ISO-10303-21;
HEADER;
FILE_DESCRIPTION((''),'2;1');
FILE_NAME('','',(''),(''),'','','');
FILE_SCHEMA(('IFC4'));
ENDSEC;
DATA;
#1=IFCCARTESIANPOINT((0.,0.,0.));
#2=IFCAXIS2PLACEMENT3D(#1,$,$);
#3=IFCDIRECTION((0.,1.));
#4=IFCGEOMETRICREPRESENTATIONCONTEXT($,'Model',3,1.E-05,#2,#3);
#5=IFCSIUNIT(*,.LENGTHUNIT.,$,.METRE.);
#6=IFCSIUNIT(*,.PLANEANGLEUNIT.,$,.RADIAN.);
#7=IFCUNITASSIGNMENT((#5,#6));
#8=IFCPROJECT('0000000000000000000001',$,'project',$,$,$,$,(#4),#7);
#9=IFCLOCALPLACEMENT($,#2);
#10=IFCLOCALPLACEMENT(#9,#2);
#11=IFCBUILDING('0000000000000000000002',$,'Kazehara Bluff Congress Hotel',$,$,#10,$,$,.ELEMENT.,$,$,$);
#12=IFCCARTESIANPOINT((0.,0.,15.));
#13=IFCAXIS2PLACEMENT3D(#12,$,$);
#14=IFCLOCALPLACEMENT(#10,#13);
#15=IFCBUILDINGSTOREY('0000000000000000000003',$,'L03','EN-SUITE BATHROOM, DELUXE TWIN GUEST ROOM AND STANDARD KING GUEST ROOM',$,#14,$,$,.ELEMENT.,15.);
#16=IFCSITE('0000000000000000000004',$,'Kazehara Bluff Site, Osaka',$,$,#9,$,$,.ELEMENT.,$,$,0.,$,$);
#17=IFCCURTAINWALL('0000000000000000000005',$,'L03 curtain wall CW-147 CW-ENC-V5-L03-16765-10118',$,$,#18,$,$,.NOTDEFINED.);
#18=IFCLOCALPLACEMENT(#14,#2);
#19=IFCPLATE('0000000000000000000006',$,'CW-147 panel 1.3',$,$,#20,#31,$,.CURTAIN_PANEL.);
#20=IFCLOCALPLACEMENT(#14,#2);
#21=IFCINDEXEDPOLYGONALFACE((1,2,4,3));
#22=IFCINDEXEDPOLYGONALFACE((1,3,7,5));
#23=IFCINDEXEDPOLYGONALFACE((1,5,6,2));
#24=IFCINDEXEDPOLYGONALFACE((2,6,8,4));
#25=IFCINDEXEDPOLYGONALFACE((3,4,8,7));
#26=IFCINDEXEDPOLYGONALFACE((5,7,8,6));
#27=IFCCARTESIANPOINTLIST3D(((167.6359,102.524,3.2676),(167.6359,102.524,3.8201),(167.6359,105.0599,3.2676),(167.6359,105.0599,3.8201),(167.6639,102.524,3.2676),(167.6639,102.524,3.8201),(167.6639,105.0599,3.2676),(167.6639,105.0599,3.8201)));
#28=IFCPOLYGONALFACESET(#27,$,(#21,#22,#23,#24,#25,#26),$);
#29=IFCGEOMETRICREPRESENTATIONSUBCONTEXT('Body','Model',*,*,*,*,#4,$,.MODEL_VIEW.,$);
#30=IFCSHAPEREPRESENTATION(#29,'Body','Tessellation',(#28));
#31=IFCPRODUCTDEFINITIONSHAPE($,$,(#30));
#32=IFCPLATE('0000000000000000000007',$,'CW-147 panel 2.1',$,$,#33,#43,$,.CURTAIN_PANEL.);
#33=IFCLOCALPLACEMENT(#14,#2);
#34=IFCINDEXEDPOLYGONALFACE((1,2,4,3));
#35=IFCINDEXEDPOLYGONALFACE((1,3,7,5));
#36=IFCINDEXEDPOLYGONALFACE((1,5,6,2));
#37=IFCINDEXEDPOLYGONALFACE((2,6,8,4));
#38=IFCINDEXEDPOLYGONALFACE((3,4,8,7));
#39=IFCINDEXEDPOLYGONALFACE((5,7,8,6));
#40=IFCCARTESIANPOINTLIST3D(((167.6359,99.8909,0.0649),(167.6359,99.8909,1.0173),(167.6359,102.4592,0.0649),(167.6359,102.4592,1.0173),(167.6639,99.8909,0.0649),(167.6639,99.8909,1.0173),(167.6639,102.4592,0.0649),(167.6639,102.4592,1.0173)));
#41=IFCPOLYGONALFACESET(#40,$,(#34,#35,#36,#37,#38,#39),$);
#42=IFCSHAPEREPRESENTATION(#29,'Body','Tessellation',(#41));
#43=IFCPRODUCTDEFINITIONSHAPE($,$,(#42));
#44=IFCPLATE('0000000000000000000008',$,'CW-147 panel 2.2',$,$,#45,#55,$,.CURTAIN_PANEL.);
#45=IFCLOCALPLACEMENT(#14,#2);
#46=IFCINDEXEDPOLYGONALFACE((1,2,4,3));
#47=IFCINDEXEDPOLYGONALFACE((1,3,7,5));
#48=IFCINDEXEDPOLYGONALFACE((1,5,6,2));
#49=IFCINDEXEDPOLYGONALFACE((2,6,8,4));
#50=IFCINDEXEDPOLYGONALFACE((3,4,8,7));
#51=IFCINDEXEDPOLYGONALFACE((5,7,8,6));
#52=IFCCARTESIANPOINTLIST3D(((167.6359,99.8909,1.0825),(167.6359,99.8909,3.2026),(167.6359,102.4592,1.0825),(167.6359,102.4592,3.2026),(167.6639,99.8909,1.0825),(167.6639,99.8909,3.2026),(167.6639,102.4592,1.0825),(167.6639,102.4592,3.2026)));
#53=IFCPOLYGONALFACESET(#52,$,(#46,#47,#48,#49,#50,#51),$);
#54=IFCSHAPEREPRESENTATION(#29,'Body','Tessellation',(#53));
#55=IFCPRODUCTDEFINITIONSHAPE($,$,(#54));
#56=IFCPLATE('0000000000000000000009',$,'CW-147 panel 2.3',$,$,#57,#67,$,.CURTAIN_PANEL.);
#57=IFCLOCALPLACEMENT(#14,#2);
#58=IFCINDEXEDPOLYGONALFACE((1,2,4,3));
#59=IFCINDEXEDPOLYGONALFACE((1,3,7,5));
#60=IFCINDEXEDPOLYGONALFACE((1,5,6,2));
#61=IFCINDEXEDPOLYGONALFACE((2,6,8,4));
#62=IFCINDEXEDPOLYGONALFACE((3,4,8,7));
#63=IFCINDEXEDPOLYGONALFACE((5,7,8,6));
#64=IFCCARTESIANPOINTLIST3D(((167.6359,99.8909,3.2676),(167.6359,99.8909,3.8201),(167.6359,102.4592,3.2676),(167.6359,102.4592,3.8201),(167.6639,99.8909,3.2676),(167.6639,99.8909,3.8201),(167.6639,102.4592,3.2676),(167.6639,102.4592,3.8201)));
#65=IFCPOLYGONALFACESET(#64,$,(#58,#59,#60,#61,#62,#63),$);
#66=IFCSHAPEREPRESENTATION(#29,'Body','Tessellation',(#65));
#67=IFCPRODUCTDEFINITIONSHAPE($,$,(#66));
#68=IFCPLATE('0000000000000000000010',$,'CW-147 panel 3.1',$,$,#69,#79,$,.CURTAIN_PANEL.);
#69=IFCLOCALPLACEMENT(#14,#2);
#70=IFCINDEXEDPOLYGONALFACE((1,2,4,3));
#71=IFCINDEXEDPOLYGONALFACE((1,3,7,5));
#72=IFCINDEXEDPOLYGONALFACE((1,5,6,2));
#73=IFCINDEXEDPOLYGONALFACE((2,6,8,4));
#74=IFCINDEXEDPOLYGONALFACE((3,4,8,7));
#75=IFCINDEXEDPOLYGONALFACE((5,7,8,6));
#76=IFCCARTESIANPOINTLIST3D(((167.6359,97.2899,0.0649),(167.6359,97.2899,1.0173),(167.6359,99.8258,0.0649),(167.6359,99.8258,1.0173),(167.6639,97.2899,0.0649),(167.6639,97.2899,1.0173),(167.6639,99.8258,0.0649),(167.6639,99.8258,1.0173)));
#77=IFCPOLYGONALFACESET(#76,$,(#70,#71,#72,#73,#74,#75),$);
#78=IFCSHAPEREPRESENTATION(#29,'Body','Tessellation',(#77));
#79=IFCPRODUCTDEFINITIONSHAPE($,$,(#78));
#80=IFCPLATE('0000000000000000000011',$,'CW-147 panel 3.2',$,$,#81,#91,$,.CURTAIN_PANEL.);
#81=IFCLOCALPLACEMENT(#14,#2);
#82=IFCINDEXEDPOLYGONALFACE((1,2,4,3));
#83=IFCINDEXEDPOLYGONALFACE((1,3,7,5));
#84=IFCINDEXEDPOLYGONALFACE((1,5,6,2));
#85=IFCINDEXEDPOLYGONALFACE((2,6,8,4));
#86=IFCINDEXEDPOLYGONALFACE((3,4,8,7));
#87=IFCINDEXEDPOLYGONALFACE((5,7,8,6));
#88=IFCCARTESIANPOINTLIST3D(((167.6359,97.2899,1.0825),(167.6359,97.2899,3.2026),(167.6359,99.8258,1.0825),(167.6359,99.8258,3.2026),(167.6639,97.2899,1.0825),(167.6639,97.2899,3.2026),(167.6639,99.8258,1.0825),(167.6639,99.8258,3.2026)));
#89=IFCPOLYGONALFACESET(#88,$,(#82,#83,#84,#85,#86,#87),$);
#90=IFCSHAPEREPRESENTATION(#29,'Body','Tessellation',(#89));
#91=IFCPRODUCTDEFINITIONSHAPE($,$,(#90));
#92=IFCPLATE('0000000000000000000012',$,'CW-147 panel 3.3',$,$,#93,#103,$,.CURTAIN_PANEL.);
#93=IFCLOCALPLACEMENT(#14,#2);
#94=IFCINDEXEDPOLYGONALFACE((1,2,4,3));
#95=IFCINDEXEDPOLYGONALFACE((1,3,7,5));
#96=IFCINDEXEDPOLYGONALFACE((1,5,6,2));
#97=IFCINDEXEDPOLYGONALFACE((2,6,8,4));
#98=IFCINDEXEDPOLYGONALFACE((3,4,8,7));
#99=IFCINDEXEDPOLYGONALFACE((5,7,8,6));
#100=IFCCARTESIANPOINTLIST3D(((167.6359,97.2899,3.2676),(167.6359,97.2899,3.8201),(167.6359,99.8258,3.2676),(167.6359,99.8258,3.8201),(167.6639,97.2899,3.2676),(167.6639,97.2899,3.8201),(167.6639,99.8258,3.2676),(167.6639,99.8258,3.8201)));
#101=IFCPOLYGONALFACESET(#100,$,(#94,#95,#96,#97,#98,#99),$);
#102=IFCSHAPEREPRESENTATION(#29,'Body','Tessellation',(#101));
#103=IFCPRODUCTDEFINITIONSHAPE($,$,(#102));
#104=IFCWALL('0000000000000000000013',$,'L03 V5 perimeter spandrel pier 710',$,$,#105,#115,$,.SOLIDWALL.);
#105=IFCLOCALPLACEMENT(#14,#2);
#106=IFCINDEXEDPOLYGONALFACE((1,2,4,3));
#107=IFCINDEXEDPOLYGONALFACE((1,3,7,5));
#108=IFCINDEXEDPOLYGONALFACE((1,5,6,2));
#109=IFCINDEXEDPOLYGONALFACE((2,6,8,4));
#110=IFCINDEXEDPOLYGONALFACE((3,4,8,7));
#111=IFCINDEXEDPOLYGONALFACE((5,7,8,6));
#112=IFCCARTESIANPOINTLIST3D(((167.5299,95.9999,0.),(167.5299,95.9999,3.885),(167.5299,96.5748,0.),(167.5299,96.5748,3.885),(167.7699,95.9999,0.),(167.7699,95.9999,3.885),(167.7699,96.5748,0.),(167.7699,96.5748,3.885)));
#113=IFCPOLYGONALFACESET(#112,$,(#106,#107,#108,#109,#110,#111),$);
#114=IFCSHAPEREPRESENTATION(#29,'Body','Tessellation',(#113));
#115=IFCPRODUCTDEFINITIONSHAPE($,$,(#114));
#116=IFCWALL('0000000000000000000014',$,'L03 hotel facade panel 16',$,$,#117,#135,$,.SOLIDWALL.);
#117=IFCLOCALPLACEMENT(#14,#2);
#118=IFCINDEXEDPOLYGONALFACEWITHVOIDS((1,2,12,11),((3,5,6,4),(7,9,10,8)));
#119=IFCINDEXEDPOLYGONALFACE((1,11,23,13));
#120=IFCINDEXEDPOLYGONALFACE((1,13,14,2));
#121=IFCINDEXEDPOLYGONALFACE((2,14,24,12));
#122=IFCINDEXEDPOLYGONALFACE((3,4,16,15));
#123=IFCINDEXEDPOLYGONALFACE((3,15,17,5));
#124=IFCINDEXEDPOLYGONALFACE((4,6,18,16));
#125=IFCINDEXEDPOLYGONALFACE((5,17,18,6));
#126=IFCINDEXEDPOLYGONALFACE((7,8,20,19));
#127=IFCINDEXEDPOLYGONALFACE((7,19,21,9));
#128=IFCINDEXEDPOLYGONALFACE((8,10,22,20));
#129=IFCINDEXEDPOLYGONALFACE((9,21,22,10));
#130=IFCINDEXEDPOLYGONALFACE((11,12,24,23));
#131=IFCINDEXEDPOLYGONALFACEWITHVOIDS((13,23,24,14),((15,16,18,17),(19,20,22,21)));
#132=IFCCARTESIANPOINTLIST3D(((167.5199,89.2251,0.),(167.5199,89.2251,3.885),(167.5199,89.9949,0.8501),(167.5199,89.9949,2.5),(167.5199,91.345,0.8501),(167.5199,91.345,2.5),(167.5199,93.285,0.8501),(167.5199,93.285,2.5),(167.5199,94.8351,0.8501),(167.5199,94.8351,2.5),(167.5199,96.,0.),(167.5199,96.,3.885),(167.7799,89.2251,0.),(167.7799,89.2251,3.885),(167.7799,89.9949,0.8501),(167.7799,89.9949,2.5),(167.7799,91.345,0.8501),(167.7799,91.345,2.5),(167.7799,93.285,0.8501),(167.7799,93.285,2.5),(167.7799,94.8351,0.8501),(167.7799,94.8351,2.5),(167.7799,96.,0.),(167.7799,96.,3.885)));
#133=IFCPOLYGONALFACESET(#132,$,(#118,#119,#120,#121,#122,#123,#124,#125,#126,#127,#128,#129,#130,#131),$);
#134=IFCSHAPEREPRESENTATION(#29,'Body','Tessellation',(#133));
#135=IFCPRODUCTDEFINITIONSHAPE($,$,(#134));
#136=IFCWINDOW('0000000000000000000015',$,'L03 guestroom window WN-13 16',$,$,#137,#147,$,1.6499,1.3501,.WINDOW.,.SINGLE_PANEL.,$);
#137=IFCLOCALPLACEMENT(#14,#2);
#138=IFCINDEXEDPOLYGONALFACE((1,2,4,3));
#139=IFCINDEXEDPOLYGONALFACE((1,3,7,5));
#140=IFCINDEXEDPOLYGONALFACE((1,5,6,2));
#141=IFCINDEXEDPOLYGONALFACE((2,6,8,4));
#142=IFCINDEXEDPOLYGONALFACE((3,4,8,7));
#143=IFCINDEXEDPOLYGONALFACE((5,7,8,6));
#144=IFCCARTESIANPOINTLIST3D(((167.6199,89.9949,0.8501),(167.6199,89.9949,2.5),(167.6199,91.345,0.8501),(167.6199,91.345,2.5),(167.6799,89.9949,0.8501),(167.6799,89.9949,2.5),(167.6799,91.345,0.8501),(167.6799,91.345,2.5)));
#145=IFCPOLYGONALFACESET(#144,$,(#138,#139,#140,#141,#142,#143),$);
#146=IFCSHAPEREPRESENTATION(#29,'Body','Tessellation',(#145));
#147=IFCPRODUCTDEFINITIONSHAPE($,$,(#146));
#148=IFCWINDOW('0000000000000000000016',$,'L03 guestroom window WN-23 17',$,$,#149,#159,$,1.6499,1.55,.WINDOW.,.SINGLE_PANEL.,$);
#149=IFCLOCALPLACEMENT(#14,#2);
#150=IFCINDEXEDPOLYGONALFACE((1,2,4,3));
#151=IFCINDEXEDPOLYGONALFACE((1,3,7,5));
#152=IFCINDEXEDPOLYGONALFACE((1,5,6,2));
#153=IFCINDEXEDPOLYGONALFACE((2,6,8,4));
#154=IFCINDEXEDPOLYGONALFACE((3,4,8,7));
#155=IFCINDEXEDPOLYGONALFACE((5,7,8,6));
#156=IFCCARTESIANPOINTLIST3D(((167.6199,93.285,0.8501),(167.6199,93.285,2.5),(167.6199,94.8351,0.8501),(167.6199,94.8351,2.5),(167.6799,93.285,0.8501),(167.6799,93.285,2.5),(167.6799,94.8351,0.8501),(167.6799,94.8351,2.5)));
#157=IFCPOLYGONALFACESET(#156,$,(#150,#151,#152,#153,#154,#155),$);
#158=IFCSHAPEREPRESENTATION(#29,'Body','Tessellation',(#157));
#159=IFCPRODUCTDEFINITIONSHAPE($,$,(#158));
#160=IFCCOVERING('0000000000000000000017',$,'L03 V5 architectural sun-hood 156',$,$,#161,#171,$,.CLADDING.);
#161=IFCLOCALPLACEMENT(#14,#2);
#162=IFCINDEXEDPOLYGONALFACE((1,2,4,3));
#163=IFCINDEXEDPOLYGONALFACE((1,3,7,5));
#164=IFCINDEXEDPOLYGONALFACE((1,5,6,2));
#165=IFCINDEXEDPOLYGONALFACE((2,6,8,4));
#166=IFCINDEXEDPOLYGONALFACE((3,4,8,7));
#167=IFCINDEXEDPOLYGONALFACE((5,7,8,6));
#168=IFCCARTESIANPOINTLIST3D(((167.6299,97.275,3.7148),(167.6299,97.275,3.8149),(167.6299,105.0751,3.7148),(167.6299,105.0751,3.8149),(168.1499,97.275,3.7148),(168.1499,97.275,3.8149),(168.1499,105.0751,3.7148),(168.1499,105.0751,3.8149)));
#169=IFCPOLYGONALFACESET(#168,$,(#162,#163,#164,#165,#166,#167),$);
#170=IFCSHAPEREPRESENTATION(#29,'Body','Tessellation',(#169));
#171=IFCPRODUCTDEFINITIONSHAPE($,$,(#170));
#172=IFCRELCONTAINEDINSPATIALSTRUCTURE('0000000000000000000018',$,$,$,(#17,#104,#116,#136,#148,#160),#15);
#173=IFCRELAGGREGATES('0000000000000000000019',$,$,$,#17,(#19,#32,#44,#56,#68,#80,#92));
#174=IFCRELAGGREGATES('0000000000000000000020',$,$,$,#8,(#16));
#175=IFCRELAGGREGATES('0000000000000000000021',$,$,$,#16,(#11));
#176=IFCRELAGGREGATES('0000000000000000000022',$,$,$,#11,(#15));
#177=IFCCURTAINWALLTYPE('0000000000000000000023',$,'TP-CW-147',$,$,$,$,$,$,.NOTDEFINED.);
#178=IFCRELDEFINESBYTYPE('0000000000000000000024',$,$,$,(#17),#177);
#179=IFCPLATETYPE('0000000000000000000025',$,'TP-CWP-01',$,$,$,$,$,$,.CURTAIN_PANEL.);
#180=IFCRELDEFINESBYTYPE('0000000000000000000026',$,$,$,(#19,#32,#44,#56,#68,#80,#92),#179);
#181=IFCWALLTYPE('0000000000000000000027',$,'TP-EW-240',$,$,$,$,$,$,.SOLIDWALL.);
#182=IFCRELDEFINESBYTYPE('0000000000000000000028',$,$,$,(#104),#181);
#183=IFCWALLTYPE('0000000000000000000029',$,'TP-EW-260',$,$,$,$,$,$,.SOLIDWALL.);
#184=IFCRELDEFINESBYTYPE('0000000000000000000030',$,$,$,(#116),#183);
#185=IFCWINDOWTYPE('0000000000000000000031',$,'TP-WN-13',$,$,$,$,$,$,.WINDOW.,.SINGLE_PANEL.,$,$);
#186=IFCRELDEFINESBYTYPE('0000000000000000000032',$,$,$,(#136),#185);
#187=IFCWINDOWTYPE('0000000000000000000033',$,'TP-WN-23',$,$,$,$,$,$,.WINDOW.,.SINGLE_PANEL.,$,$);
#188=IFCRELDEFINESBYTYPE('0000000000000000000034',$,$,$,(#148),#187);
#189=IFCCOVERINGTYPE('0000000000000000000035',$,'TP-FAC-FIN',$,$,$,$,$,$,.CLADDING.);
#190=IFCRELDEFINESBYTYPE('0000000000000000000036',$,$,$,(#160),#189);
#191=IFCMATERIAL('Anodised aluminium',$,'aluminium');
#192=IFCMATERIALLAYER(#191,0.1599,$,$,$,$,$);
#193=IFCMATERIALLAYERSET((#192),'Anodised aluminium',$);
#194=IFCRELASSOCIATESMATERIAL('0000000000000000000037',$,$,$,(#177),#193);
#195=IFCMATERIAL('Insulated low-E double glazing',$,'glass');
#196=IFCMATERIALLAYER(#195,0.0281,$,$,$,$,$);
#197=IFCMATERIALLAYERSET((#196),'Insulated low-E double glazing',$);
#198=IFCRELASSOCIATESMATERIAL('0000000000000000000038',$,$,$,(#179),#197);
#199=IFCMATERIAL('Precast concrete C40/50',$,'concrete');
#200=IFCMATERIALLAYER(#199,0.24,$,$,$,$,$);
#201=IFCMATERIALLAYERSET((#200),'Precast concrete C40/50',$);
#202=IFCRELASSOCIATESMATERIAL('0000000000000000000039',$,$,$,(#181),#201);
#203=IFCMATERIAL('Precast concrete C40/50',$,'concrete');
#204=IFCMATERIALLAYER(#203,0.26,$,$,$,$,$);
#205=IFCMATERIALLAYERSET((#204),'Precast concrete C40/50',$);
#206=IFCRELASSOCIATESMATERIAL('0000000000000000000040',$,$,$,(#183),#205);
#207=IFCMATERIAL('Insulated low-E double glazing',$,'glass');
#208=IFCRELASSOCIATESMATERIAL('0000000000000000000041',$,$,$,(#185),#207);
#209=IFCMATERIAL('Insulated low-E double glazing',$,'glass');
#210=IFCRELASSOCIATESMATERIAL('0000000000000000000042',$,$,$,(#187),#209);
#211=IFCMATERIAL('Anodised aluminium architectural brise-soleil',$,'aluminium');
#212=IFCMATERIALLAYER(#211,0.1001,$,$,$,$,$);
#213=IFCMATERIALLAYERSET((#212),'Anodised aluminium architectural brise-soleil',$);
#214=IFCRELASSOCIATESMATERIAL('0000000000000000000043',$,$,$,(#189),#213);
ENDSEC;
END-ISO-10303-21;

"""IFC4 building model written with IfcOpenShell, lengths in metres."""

from ifc_helpers import new_model, si_unit, direction, frame, frame_2d, origin, origin_2d, place, context, subcontext, project, spatial, rectangle, extrude, material, layer, layer_set, type_object, element, fill, aggregate, save


model = new_model("IFC4")

# Units and contexts
model_context = context("Model", 3, precision=1e-05, world=origin(), true_north=direction((0.0, 1.0)))
body_context = subcontext(model_context, "Body", "Model", "MODEL_VIEW")
ifc_project = project(units=[si_unit("LENGTHUNIT", "METRE"), si_unit("PLANEANGLEUNIT", "RADIAN")], contexts=[model_context])

# Site, building, storey
site_placement = place(None, origin())
site = spatial("IfcSite", under=ifc_project, at=site_placement, Name="Kazehara Bluff Site, Osaka", CompositionType="ELEMENT", RefElevation=0.0)
building_placement = place(site_placement, origin())
building = spatial("IfcBuilding", under=site, at=building_placement, Name="Kazehara Bluff Congress Hotel", CompositionType="ELEMENT")
storey_placement = place(building_placement, frame((0.0, 0.0, 15.0)))
storey = spatial("IfcBuildingStorey", under=building, at=storey_placement, Name="L03", Description="EN-SUITE BATHROOM, DELUXE TWIN GUEST ROOM AND STANDARD KING GUEST ROOM", CompositionType="ELEMENT", Elevation=15.0)

# Curtain wall
ifc_material_1 = material(Name="Anodised aluminium", Category="aluminium")
ifc_layer_1 = layer(ifc_material_1, 0.1599)
ifc_layer_set_1 = layer_set([ifc_layer_1], Name="Anodised aluminium")
curtain_wall_type = type_object("IfcCurtainWallType", Name="TP-CW-147", PredefinedType="NOTDEFINED", material=ifc_layer_set_1)
curtain_wall_placement = place(storey_placement, origin())
curtain_wall = element("IfcCurtainWall", 1, at=curtain_wall_placement, inside=storey, type_object=curtain_wall_type, Name="L03 curtain wall CW-147 CW-ENC-V5-L03-16765-10118", PredefinedType="NOTDEFINED")

# Plates
ifc_material_2 = material(Name="Insulated low-E double glazing", Category="glass")
ifc_layer_2 = layer(ifc_material_2, 0.0281)
ifc_layer_set_2 = layer_set([ifc_layer_2], Name="Insulated low-E double glazing")
plate_type = type_object("IfcPlateType", Name="TP-CWP-01", PredefinedType="CURTAIN_PANEL", material=ifc_layer_set_2)
plate_1_placement = place(storey_placement, frame((167.6499, 103.792, 3.2676), z_axis=(0.0, 0.0, 1.0), x_axis=(0.0, -1.0, 0.0)))
plate_1 = element("IfcPlate", 2, at=plate_1_placement, type_object=plate_type, Name="CW-147 panel 1.3", PredefinedType="CURTAIN_PANEL", context=body_context, shape_type="SweptSolid", body=[
    extrude(rectangle(XDim=2.5359, YDim=0.0281, at=origin_2d()), origin(), (0.0, 0.0, 1.0), 0.5525),
])
plate_2_placement = place(storey_placement, frame((167.6499, 101.175, 0.0649), z_axis=(0.0, 0.0, 1.0), x_axis=(0.0, -1.0, 0.0)))
plate_2 = element("IfcPlate", 3, at=plate_2_placement, type_object=plate_type, Name="CW-147 panel 2.1", PredefinedType="CURTAIN_PANEL", context=body_context, shape_type="SweptSolid", body=[
    extrude(rectangle(XDim=2.5684, YDim=0.0281, at=origin_2d()), origin(), (0.0, 0.0, 1.0), 0.9524),
])
plate_3_placement = place(storey_placement, frame((167.6499, 101.175, 1.0825), z_axis=(0.0, 0.0, 1.0), x_axis=(0.0, -1.0, 0.0)))
plate_3 = element("IfcPlate", 4, at=plate_3_placement, type_object=plate_type, Name="CW-147 panel 2.2", PredefinedType="CURTAIN_PANEL", context=body_context, shape_type="SweptSolid", body=[
    extrude(rectangle(XDim=2.5684, YDim=0.0281, at=origin_2d()), origin(), (0.0, 0.0, 1.0), 2.1201),
])
plate_4_placement = place(storey_placement, frame((167.6499, 101.175, 3.2676), z_axis=(0.0, 0.0, 1.0), x_axis=(0.0, -1.0, 0.0)))
plate_4 = element("IfcPlate", 5, at=plate_4_placement, type_object=plate_type, Name="CW-147 panel 2.3", PredefinedType="CURTAIN_PANEL", context=body_context, shape_type="SweptSolid", body=[
    extrude(rectangle(XDim=2.5684, YDim=0.0281, at=origin_2d()), origin(), (0.0, 0.0, 1.0), 0.5525),
])
plate_5_placement = place(storey_placement, frame((167.6499, 98.5579, 0.0649), z_axis=(0.0, 0.0, 1.0), x_axis=(0.0, -1.0, 0.0)))
plate_5 = element("IfcPlate", 6, at=plate_5_placement, type_object=plate_type, Name="CW-147 panel 3.1", PredefinedType="CURTAIN_PANEL", context=body_context, shape_type="SweptSolid", body=[
    extrude(rectangle(XDim=2.5359, YDim=0.0281, at=origin_2d()), origin(), (0.0, 0.0, 1.0), 0.9524),
])
plate_6_placement = place(storey_placement, frame((167.6499, 98.5579, 1.0825), z_axis=(0.0, 0.0, 1.0), x_axis=(0.0, -1.0, 0.0)))
plate_6 = element("IfcPlate", 7, at=plate_6_placement, type_object=plate_type, Name="CW-147 panel 3.2", PredefinedType="CURTAIN_PANEL", context=body_context, shape_type="SweptSolid", body=[
    extrude(rectangle(XDim=2.5359, YDim=0.0281, at=origin_2d()), origin(), (0.0, 0.0, 1.0), 2.1201),
])
plate_7_placement = place(storey_placement, frame((167.6499, 98.5579, 3.2676), z_axis=(0.0, 0.0, 1.0), x_axis=(0.0, -1.0, 0.0)))
plate_7 = element("IfcPlate", 8, at=plate_7_placement, type_object=plate_type, Name="CW-147 panel 3.3", PredefinedType="CURTAIN_PANEL", context=body_context, shape_type="SweptSolid", body=[
    extrude(rectangle(XDim=2.5359, YDim=0.0281, at=origin_2d()), origin(), (0.0, 0.0, 1.0), 0.5525),
])
aggregate(curtain_wall, [plate_1, plate_2, plate_3, plate_4, plate_5, plate_6, plate_7])

# Wall
ifc_material_3 = material(Name="Precast concrete C40/50", Category="concrete")
ifc_layer_3 = layer(ifc_material_3, 0.24)
ifc_layer_set_3 = layer_set([ifc_layer_3], Name="Precast concrete C40/50")
wall_type_1 = type_object("IfcWallType", Name="TP-EW-240", PredefinedType="SOLIDWALL", material=ifc_layer_set_3)
wall_1_placement = place(storey_placement, frame((167.6499, 96.575, 0.0), z_axis=(0.0, 0.0, 1.0), x_axis=(0.0, -1.0, 0.0)))
element("IfcWall", 9, at=wall_1_placement, inside=storey, type_object=wall_type_1, Name="L03 V5 perimeter spandrel pier 710", PredefinedType="SOLIDWALL", context=body_context, shape_type="SweptSolid", body=[
    extrude(rectangle(XDim=0.575, YDim=0.24, at=frame_2d((0.2876, 0.0))), origin(), (0.0, 0.0, 1.0), 3.885),
])

# Wall, openings, windows
ifc_material_4 = material(Name="Precast concrete C40/50", Category="concrete")
ifc_layer_4 = layer(ifc_material_4, 0.26)
ifc_layer_set_4 = layer_set([ifc_layer_4], Name="Precast concrete C40/50")
wall_type_2 = type_object("IfcWallType", Name="TP-EW-260", PredefinedType="SOLIDWALL", material=ifc_layer_set_4)
wall_2_placement = place(storey_placement, frame((167.6499, 96.0, 0.0), z_axis=(0.0, 0.0, 1.0), x_axis=(0.0, -1.0, 0.0)))
wall_2 = element("IfcWall", 10, at=wall_2_placement, inside=storey, type_object=wall_type_2, Name="L03 hotel facade panel 16", PredefinedType="SOLIDWALL", context=body_context, shape_type="SweptSolid", body=[
    extrude(rectangle(XDim=6.7749, YDim=0.26, at=frame_2d((3.3875, 0.0))), origin(), (0.0, 0.0, 1.0), 3.885),
])
opening_1_placement = place(wall_2_placement, frame((4.655, 0.0, 0.8501)))
opening_1 = element("IfcOpeningElement", 11, at=opening_1_placement, cuts=wall_2, PredefinedType="OPENING", context=body_context, shape_type="SweptSolid", body=[
    extrude(rectangle(XDim=1.3501, YDim=1.6499, at=frame_2d((0.675, 0.825))), frame((0.0, 0.1399, 0.0), z_axis=(0.0, -1.0, 0.0), x_axis=(1.0, 0.0, 0.0)), (0.0, 0.0, 1.0), 0.28),
])
opening_2_placement = place(wall_2_placement, frame((1.165, 0.0, 0.8501)))
opening_2 = element("IfcOpeningElement", 12, at=opening_2_placement, cuts=wall_2, PredefinedType="OPENING", context=body_context, shape_type="SweptSolid", body=[
    extrude(rectangle(XDim=1.55, YDim=1.6499, at=frame_2d((0.7749, 0.825))), frame((0.0, 0.1399, 0.0), z_axis=(0.0, -1.0, 0.0), x_axis=(1.0, 0.0, 0.0)), (0.0, 0.0, 1.0), 0.28),
])
ifc_material_5 = material(Name="Insulated low-E double glazing", Category="glass")
window_type_1 = type_object("IfcWindowType", Name="TP-WN-13", PartitioningType="SINGLE_PANEL", PredefinedType="WINDOW", material=ifc_material_5)
window_1_placement = place(opening_1_placement, origin())
window_1 = element("IfcWindow", 13, at=window_1_placement, inside=storey, type_object=window_type_1, Name="L03 guestroom window WN-13 16", OverallHeight=1.6499, OverallWidth=1.3501, PartitioningType="SINGLE_PANEL", PredefinedType="WINDOW", context=body_context, shape_type="SweptSolid", body=[
    extrude(rectangle(XDim=1.3501, YDim=1.6499, at=frame_2d((0.675, 0.825))), frame((0.0, 0.03, 0.0), z_axis=(0.0, -1.0, 0.0), x_axis=(1.0, 0.0, 0.0)), (0.0, 0.0, 1.0), 0.0601),
])
fill(opening_1, window_1)
ifc_material_6 = material(Name="Insulated low-E double glazing", Category="glass")
window_type_2 = type_object("IfcWindowType", Name="TP-WN-23", PartitioningType="SINGLE_PANEL", PredefinedType="WINDOW", material=ifc_material_6)
window_2_placement = place(opening_2_placement, origin())
window_2 = element("IfcWindow", 14, at=window_2_placement, inside=storey, type_object=window_type_2, Name="L03 guestroom window WN-23 17", OverallHeight=1.6499, OverallWidth=1.55, PartitioningType="SINGLE_PANEL", PredefinedType="WINDOW", context=body_context, shape_type="SweptSolid", body=[
    extrude(rectangle(XDim=1.55, YDim=1.6499, at=frame_2d((0.7749, 0.825))), frame((0.0, 0.03, 0.0), z_axis=(0.0, -1.0, 0.0), x_axis=(1.0, 0.0, 0.0)), (0.0, 0.0, 1.0), 0.0601),
])
fill(opening_2, window_2)

# Covering
ifc_material_7 = material(Name="Anodised aluminium architectural brise-soleil", Category="aluminium")
ifc_layer_5 = layer(ifc_material_7, 0.1001)
ifc_layer_set_5 = layer_set([ifc_layer_5], Name="Anodised aluminium architectural brise-soleil")
covering_type = type_object("IfcCoveringType", Name="TP-FAC-FIN", PredefinedType="CLADDING", material=ifc_layer_set_5)
covering_placement = place(storey_placement, frame((167.8899, 101.175, 3.7148), z_axis=(0.0, 0.0, 1.0), x_axis=(1.0, 0.0, 0.0)))
element("IfcCovering", 15, at=covering_placement, inside=storey, type_object=covering_type, Name="L03 V5 architectural sun-hood 156", PredefinedType="CLADDING", context=body_context, shape_type="SweptSolid", body=[
    extrude(rectangle(XDim=0.52, YDim=7.8, at=origin_2d()), origin(), (0.0, 0.0, 1.0), 0.1001),
])

save(model, "model.ifc")
